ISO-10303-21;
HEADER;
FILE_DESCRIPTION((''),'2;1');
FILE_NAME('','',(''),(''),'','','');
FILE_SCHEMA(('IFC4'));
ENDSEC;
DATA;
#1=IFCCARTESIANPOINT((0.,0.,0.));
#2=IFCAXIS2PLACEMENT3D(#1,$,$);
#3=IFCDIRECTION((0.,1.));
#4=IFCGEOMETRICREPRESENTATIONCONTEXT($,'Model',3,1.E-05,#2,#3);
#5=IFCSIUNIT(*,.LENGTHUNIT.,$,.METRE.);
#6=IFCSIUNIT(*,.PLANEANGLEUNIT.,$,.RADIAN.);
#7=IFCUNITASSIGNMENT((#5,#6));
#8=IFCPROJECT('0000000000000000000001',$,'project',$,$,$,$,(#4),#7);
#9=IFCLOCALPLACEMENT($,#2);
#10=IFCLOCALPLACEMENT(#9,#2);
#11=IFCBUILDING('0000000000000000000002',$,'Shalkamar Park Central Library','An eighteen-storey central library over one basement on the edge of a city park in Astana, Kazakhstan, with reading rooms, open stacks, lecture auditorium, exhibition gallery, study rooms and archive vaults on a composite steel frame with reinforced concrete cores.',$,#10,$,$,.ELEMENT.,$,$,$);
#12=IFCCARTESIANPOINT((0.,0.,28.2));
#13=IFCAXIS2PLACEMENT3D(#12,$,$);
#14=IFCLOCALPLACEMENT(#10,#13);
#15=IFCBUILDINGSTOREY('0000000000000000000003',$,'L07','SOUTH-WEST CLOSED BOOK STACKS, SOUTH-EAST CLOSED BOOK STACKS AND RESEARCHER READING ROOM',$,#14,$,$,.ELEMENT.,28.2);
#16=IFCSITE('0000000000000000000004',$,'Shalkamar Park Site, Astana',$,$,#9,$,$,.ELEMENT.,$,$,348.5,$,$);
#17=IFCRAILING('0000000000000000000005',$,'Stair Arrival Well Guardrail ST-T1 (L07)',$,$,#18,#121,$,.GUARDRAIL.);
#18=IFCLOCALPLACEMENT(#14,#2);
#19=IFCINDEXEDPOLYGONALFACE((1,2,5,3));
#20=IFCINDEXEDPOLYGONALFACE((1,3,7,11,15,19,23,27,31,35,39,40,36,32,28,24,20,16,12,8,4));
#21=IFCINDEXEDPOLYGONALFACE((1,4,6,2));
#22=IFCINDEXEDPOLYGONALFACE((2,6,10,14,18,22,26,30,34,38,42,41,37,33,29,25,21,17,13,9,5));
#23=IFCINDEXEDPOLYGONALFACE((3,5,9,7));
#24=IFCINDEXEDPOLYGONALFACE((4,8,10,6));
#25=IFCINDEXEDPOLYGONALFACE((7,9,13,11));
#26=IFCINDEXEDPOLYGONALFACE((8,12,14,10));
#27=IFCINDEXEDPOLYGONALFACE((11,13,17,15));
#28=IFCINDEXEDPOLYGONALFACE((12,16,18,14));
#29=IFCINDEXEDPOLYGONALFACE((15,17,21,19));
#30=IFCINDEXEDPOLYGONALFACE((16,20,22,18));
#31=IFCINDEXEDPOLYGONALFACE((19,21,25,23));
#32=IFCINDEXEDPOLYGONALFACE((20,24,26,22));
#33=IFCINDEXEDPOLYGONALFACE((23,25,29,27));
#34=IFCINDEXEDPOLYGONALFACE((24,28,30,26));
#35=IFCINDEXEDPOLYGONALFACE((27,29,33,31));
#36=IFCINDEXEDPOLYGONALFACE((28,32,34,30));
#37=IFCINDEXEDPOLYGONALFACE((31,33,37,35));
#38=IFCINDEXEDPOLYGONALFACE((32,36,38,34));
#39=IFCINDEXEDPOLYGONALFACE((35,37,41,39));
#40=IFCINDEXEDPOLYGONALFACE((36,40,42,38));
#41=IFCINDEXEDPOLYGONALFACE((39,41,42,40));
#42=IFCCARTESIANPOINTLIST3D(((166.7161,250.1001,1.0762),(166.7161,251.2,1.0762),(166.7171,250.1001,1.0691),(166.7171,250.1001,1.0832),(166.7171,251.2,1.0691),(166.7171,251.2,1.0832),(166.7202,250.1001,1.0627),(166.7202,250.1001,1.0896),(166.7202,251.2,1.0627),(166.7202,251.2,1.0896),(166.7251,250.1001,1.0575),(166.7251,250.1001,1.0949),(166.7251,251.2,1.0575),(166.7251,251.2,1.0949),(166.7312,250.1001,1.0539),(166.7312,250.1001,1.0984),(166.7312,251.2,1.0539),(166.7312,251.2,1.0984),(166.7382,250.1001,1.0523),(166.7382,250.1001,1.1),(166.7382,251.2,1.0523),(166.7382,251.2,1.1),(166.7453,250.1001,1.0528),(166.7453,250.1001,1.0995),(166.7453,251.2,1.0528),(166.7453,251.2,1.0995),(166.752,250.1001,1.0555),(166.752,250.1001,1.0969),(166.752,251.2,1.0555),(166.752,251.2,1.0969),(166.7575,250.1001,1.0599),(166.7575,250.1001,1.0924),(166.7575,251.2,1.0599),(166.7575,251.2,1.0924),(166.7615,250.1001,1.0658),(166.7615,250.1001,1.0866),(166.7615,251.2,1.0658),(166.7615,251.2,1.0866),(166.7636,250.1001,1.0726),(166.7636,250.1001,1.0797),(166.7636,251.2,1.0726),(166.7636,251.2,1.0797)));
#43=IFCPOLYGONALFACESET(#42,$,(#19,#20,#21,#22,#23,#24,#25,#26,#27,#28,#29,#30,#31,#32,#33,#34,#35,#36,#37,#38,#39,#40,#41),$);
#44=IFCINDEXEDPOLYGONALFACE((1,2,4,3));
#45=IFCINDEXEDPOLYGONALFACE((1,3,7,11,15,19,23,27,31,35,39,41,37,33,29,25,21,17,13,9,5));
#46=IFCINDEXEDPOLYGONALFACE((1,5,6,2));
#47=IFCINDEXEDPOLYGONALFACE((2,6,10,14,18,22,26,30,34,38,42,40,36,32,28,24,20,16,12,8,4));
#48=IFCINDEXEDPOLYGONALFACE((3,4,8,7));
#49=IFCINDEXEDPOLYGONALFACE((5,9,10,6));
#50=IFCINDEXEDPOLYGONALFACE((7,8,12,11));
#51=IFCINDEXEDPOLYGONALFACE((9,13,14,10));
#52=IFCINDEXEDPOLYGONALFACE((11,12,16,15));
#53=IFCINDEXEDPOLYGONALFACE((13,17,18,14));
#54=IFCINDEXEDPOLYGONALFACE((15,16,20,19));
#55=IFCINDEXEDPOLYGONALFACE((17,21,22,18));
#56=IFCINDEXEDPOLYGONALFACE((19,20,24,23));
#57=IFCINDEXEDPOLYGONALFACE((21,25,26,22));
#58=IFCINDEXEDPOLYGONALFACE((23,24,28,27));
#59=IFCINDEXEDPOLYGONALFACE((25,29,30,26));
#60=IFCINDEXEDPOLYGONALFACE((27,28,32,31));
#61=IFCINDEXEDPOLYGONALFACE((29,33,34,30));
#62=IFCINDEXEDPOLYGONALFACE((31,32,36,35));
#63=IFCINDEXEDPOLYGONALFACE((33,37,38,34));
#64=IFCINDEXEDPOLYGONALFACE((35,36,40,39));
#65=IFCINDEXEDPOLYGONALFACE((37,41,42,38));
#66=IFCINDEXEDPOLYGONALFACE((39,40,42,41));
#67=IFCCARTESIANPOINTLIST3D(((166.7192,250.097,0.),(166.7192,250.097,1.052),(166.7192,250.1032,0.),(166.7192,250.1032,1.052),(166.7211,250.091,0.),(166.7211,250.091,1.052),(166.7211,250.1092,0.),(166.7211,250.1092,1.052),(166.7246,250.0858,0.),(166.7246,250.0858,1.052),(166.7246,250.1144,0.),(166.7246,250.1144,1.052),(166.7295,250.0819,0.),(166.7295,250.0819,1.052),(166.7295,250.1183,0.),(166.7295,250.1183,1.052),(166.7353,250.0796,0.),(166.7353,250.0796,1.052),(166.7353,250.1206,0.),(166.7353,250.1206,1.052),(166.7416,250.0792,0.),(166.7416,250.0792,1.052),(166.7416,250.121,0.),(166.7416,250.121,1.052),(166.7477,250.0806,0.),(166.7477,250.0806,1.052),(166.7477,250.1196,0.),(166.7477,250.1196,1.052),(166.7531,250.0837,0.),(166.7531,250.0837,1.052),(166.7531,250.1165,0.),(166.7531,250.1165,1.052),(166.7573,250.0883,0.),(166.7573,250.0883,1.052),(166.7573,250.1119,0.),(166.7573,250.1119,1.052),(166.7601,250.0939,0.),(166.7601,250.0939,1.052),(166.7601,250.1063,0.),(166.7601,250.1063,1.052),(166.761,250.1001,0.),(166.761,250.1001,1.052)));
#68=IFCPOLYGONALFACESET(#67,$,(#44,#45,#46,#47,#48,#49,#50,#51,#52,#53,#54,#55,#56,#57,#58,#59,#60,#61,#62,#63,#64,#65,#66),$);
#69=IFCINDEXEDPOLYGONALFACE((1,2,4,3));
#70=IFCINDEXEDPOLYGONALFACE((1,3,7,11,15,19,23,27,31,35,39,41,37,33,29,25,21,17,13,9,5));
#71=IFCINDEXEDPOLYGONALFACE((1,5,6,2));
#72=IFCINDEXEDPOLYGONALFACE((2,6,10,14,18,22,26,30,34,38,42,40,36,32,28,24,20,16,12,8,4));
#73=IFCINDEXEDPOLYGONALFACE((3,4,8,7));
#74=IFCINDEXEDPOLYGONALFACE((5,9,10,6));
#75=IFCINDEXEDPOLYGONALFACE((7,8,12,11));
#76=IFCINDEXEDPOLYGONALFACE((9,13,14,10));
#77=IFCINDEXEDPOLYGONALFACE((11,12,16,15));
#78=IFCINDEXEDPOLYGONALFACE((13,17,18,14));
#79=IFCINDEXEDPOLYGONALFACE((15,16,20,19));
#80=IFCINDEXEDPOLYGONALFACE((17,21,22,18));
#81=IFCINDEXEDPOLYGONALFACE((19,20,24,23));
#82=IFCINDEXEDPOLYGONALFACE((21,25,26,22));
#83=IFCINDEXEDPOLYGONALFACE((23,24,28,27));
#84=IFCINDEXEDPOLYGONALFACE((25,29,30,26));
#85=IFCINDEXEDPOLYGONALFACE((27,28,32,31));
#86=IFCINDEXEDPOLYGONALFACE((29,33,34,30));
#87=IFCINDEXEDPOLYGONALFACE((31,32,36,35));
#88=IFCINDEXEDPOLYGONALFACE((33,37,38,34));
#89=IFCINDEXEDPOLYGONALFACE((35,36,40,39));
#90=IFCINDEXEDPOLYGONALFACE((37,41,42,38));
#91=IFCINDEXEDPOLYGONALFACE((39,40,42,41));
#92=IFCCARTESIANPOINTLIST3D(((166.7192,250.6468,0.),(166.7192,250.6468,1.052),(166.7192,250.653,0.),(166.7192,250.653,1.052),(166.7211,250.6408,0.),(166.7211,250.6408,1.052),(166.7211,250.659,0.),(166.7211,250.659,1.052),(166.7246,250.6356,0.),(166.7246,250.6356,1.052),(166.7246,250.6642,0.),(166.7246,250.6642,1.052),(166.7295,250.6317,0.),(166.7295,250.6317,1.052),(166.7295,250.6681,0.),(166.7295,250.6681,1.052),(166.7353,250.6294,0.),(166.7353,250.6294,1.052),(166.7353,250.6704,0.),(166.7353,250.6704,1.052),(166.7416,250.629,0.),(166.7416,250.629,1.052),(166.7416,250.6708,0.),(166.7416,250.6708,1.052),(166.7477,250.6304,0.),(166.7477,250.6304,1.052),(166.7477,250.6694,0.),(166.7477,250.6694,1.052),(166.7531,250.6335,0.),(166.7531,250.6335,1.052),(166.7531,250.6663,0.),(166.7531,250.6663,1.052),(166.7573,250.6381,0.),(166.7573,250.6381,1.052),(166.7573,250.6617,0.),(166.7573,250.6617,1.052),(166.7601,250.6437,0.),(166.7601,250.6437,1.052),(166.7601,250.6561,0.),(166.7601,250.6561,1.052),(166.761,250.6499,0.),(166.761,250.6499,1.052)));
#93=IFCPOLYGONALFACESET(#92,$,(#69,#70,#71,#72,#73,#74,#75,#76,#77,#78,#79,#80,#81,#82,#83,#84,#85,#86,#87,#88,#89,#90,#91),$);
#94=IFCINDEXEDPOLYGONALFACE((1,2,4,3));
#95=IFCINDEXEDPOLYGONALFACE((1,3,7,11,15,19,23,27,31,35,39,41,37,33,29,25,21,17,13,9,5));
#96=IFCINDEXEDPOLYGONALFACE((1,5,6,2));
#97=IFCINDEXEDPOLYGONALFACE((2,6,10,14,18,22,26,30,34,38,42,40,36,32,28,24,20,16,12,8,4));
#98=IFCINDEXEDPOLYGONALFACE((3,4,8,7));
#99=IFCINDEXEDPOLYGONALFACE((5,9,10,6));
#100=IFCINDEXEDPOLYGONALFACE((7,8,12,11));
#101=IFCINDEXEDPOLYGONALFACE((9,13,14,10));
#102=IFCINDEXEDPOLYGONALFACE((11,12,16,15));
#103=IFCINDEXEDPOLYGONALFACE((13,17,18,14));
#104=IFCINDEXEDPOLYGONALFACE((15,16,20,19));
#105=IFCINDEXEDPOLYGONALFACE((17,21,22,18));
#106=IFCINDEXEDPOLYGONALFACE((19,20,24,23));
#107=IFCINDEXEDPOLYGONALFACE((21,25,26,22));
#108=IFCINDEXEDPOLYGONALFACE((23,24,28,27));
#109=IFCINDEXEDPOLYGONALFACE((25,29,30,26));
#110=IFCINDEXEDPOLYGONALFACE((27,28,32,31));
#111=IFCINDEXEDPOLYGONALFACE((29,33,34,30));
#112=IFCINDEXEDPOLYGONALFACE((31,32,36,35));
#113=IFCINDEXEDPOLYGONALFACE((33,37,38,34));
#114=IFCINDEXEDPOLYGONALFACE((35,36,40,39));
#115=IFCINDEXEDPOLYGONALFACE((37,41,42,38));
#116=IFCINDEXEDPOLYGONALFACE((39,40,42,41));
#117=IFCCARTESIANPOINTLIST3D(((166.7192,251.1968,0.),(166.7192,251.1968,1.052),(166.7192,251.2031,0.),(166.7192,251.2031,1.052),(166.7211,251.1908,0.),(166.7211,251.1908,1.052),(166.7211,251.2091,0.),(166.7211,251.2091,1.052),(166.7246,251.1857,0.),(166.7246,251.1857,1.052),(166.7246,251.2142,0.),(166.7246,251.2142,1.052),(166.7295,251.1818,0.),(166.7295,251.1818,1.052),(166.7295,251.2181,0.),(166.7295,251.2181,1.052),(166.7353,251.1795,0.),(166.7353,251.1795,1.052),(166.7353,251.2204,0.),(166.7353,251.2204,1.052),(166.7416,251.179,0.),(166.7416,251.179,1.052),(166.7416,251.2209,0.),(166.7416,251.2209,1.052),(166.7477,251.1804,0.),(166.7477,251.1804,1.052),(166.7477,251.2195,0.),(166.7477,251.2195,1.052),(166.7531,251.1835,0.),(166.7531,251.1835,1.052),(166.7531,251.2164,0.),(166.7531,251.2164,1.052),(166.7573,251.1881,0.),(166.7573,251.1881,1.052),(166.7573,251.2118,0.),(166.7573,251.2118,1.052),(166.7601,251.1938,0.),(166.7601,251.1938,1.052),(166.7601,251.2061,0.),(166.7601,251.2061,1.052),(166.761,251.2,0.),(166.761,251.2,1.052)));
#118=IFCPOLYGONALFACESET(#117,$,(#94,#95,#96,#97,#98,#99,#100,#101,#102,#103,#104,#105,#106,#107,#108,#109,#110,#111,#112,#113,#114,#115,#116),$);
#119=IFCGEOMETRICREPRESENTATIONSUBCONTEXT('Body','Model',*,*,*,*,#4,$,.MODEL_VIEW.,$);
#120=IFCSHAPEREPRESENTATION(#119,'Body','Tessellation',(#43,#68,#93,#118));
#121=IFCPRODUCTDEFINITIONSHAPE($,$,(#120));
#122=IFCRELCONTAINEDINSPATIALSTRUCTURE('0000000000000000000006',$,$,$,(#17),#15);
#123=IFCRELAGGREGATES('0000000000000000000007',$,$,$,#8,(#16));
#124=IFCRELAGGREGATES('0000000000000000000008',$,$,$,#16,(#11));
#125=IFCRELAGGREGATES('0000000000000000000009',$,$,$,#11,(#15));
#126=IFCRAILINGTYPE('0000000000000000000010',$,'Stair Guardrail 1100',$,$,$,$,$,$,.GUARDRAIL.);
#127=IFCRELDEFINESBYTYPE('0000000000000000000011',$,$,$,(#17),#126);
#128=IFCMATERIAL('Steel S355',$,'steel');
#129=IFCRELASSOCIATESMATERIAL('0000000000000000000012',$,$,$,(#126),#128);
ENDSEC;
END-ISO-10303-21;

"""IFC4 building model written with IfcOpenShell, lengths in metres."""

from ifc_helpers import new_model, si_unit, direction, frame, origin, origin_2d, place, context, subcontext, project, spatial, circle, extrude, material, type_object, element, save


model = new_model("IFC4")

# Units and contexts
model_context = context("Model", 3, precision=1e-05, world=origin(), true_north=direction((0.0, 1.0)))
body_context = subcontext(model_context, "Body", "Model", "MODEL_VIEW")
ifc_project = project(units=[si_unit("LENGTHUNIT", "METRE"), si_unit("PLANEANGLEUNIT", "RADIAN")], contexts=[model_context])

# Site, building, storey
site_placement = place(None, origin())
site = spatial("IfcSite", under=ifc_project, at=site_placement, Name="Shalkamar Park Site, Astana", CompositionType="ELEMENT", RefElevation=348.5)
building_placement = place(site_placement, origin())
building = spatial("IfcBuilding", under=site, at=building_placement, Name="Shalkamar Park Central Library", Description="An eighteen-storey central library over one basement on the edge of a city park in Astana, Kazakhstan, with reading rooms, open stacks, lecture auditorium, exhibition gallery, study rooms and archive vaults on a composite steel frame with reinforced concrete cores.", CompositionType="ELEMENT")
storey_placement = place(building_placement, frame((0.0, 0.0, 28.2)))
storey = spatial("IfcBuildingStorey", under=building, at=storey_placement, Name="L07", Description="SOUTH-WEST CLOSED BOOK STACKS, SOUTH-EAST CLOSED BOOK STACKS AND RESEARCHER READING ROOM", CompositionType="ELEMENT", Elevation=28.2)

# Shared definitions
ifc_material_1 = material(Name="Steel S355", Category="steel")

# Railing
railing_type_1 = type_object("IfcRailingType", Name="Stair Guardrail 1100", PredefinedType="GUARDRAIL", material=ifc_material_1)
railing_1_placement = place(storey_placement, frame((166.74, 250.1001, 0.0)))
element("IfcRailing", 1, at=railing_1_placement, inside=storey, type_object=railing_type_1, Name="Stair Arrival Well Guardrail ST-T1 (L07)", PredefinedType="GUARDRAIL", context=body_context, shape_type="SweptSolid", body=[
    extrude(circle(Radius=0.0239, at=origin_2d()), frame((0.0, 0.0, 1.0762), z_axis=(0.0, 1.0, 0.0), x_axis=(-1.0, 0.0, 0.0)), (0.0, 0.0, 1.0), 1.0999),
    extrude(circle(Radius=0.021, at=origin_2d()), origin(), (0.0, 0.0, 1.0), 1.052),
    extrude(circle(Radius=0.021, at=origin_2d()), frame((0.0, 0.5498, 0.0)), (0.0, 0.0, 1.0), 1.052),
    extrude(circle(Radius=0.021, at=origin_2d()), frame((0.0, 1.0999, 0.0)), (0.0, 0.0, 1.0), 1.052),
])

save(model, "model.ifc")
